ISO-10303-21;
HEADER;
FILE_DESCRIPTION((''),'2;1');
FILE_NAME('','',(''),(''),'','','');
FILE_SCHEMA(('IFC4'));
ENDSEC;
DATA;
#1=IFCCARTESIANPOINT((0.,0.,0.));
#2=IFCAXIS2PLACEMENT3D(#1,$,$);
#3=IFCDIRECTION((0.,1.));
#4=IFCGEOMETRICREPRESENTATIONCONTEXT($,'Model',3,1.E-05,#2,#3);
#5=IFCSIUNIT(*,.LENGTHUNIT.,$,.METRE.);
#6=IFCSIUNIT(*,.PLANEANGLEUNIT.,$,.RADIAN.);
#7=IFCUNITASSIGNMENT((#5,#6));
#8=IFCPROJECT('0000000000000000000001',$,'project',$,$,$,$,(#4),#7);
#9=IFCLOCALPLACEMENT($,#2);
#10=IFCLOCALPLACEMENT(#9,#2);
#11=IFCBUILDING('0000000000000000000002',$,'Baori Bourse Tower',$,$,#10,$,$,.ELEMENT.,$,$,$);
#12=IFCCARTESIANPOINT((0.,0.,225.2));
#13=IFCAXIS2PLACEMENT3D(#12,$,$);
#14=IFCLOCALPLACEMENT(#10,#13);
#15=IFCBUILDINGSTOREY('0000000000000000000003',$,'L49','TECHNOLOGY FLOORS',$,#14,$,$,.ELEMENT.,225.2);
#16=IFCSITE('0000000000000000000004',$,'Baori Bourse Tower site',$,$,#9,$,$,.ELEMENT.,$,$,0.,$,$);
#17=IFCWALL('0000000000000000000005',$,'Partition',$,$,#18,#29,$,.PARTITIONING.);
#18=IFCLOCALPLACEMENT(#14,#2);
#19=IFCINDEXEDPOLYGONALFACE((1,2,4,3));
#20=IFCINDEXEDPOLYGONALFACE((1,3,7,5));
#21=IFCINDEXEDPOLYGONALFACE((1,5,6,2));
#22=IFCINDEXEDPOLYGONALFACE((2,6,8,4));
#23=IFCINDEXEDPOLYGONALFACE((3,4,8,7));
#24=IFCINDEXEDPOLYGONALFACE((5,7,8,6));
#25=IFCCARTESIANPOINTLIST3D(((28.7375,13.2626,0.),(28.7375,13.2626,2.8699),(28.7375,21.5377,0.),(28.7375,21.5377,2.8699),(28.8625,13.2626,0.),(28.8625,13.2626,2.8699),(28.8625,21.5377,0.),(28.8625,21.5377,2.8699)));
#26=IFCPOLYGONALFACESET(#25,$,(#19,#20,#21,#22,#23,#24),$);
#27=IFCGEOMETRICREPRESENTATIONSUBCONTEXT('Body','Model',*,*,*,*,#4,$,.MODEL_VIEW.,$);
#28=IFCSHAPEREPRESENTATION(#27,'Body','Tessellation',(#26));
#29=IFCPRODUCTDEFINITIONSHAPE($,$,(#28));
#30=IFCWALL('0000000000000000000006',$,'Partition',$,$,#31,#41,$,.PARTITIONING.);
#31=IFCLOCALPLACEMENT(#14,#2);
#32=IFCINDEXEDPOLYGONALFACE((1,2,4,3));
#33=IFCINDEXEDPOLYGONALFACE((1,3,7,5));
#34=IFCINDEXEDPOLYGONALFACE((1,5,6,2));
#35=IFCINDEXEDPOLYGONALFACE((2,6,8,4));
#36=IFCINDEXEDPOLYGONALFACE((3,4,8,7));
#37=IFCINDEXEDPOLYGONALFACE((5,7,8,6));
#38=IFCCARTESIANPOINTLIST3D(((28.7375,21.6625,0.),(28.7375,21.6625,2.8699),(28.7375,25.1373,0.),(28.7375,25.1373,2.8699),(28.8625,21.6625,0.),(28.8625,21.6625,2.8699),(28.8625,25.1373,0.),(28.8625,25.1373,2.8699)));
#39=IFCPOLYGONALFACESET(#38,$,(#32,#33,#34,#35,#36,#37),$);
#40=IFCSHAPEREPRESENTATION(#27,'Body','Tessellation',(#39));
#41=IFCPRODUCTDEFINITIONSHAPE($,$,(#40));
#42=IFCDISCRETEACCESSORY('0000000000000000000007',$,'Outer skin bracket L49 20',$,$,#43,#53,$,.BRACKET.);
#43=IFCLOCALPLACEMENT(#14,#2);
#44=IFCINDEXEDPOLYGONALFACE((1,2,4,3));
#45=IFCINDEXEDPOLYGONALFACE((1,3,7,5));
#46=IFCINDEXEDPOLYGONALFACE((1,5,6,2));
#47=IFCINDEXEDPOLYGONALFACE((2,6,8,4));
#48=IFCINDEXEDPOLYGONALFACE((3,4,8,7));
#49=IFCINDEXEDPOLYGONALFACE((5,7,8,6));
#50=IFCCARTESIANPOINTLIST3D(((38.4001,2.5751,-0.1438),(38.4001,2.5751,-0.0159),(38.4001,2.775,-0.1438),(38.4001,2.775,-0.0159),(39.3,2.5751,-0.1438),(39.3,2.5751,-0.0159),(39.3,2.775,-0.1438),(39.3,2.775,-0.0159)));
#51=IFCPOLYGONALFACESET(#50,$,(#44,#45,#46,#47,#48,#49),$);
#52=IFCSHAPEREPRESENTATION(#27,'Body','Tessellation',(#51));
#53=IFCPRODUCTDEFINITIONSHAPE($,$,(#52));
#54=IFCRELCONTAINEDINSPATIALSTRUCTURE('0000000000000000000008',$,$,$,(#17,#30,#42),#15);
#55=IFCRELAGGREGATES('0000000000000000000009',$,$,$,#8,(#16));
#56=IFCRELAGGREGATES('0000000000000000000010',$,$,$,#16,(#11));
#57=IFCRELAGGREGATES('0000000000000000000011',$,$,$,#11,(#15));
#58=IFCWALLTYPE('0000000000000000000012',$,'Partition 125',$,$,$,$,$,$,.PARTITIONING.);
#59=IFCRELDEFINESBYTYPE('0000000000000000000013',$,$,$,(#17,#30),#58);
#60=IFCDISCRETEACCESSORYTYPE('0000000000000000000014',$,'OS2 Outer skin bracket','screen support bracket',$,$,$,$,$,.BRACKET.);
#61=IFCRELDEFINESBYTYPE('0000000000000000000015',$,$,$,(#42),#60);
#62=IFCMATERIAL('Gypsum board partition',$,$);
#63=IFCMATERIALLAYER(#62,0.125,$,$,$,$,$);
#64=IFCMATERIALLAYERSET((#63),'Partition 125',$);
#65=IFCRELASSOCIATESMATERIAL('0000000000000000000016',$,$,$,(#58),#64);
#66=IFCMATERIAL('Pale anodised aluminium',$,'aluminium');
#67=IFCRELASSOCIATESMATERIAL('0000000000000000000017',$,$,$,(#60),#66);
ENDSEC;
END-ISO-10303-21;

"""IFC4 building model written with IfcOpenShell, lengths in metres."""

from ifc_helpers import new_model, si_unit, direction, frame, frame_2d, origin, origin_2d, place, context, subcontext, project, spatial, rectangle, extrude, material, layer, layer_set, type_object, element, save


model = new_model("IFC4")

# Units and contexts
model_context = context("Model", 3, precision=1e-05, world=origin(), true_north=direction((0.0, 1.0)))
body_context = subcontext(model_context, "Body", "Model", "MODEL_VIEW")
ifc_project = project(units=[si_unit("LENGTHUNIT", "METRE"), si_unit("PLANEANGLEUNIT", "RADIAN")], contexts=[model_context])

# Site, building, storey
site_placement = place(None, origin())
site = spatial("IfcSite", under=ifc_project, at=site_placement, Name="Baori Bourse Tower site", CompositionType="ELEMENT", RefElevation=0.0)
building_placement = place(site_placement, origin())
building = spatial("IfcBuilding", under=site, at=building_placement, Name="Baori Bourse Tower", CompositionType="ELEMENT")
storey_placement = place(building_placement, frame((0.0, 0.0, 225.2)))
storey = spatial("IfcBuildingStorey", under=building, at=storey_placement, Name="L49", Description="TECHNOLOGY FLOORS", CompositionType="ELEMENT", Elevation=225.2)

# Walls
ifc_material_1 = material(Name="Gypsum board partition")
ifc_layer_1 = layer(ifc_material_1, 0.125)
ifc_layer_set_1 = layer_set([ifc_layer_1], Name="Partition 125")
wall_type_1 = type_object("IfcWallType", Name="Partition 125", PredefinedType="PARTITIONING", material=ifc_layer_set_1)
wall_1_placement = place(storey_placement, frame((28.8, 13.2625, 0.0), z_axis=(0.0, 0.0, 1.0), x_axis=(0.0, 1.0, 0.0)))
element("IfcWall", 1, at=wall_1_placement, inside=storey, type_object=wall_type_1, Name="Partition", PredefinedType="PARTITIONING", context=body_context, shape_type="SweptSolid", body=[
    extrude(rectangle(XDim=8.2751, YDim=0.125, at=frame_2d((4.1377, 0.0))), origin(), (0.0, 0.0, 1.0), 2.8699),
])
wall_2_placement = place(storey_placement, frame((28.8, 21.6626, 0.0), z_axis=(0.0, 0.0, 1.0), x_axis=(0.0, 1.0, 0.0)))
element("IfcWall", 2, at=wall_2_placement, inside=storey, type_object=wall_type_1, Name="Partition", PredefinedType="PARTITIONING", context=body_context, shape_type="SweptSolid", body=[
    extrude(rectangle(XDim=3.4749, YDim=0.125, at=frame_2d((1.7373, 0.0))), origin(), (0.0, 0.0, 1.0), 2.8699),
])

# Discrete accessory
ifc_material_2 = material(Name="Pale anodised aluminium", Category="aluminium")
discrete_accessory_type = type_object("IfcDiscreteAccessoryType", Name="OS2 Outer skin bracket", Description="screen support bracket", PredefinedType="BRACKET", material=ifc_material_2)
discrete_accessory_placement = place(storey_placement, frame((38.8501, 2.675, -0.1438), z_axis=(0.0, 0.0, 1.0), x_axis=(0.0, 1.0, 0.0)))
element("IfcDiscreteAccessory", 3, at=discrete_accessory_placement, inside=storey, type_object=discrete_accessory_type, Name="Outer skin bracket L49 20", PredefinedType="BRACKET", context=body_context, shape_type="SweptSolid", body=[
    extrude(rectangle(XDim=0.2, YDim=0.8999, at=origin_2d()), origin(), (0.0, 0.0, 1.0), 0.1279),
])

save(model, "model.ifc")
